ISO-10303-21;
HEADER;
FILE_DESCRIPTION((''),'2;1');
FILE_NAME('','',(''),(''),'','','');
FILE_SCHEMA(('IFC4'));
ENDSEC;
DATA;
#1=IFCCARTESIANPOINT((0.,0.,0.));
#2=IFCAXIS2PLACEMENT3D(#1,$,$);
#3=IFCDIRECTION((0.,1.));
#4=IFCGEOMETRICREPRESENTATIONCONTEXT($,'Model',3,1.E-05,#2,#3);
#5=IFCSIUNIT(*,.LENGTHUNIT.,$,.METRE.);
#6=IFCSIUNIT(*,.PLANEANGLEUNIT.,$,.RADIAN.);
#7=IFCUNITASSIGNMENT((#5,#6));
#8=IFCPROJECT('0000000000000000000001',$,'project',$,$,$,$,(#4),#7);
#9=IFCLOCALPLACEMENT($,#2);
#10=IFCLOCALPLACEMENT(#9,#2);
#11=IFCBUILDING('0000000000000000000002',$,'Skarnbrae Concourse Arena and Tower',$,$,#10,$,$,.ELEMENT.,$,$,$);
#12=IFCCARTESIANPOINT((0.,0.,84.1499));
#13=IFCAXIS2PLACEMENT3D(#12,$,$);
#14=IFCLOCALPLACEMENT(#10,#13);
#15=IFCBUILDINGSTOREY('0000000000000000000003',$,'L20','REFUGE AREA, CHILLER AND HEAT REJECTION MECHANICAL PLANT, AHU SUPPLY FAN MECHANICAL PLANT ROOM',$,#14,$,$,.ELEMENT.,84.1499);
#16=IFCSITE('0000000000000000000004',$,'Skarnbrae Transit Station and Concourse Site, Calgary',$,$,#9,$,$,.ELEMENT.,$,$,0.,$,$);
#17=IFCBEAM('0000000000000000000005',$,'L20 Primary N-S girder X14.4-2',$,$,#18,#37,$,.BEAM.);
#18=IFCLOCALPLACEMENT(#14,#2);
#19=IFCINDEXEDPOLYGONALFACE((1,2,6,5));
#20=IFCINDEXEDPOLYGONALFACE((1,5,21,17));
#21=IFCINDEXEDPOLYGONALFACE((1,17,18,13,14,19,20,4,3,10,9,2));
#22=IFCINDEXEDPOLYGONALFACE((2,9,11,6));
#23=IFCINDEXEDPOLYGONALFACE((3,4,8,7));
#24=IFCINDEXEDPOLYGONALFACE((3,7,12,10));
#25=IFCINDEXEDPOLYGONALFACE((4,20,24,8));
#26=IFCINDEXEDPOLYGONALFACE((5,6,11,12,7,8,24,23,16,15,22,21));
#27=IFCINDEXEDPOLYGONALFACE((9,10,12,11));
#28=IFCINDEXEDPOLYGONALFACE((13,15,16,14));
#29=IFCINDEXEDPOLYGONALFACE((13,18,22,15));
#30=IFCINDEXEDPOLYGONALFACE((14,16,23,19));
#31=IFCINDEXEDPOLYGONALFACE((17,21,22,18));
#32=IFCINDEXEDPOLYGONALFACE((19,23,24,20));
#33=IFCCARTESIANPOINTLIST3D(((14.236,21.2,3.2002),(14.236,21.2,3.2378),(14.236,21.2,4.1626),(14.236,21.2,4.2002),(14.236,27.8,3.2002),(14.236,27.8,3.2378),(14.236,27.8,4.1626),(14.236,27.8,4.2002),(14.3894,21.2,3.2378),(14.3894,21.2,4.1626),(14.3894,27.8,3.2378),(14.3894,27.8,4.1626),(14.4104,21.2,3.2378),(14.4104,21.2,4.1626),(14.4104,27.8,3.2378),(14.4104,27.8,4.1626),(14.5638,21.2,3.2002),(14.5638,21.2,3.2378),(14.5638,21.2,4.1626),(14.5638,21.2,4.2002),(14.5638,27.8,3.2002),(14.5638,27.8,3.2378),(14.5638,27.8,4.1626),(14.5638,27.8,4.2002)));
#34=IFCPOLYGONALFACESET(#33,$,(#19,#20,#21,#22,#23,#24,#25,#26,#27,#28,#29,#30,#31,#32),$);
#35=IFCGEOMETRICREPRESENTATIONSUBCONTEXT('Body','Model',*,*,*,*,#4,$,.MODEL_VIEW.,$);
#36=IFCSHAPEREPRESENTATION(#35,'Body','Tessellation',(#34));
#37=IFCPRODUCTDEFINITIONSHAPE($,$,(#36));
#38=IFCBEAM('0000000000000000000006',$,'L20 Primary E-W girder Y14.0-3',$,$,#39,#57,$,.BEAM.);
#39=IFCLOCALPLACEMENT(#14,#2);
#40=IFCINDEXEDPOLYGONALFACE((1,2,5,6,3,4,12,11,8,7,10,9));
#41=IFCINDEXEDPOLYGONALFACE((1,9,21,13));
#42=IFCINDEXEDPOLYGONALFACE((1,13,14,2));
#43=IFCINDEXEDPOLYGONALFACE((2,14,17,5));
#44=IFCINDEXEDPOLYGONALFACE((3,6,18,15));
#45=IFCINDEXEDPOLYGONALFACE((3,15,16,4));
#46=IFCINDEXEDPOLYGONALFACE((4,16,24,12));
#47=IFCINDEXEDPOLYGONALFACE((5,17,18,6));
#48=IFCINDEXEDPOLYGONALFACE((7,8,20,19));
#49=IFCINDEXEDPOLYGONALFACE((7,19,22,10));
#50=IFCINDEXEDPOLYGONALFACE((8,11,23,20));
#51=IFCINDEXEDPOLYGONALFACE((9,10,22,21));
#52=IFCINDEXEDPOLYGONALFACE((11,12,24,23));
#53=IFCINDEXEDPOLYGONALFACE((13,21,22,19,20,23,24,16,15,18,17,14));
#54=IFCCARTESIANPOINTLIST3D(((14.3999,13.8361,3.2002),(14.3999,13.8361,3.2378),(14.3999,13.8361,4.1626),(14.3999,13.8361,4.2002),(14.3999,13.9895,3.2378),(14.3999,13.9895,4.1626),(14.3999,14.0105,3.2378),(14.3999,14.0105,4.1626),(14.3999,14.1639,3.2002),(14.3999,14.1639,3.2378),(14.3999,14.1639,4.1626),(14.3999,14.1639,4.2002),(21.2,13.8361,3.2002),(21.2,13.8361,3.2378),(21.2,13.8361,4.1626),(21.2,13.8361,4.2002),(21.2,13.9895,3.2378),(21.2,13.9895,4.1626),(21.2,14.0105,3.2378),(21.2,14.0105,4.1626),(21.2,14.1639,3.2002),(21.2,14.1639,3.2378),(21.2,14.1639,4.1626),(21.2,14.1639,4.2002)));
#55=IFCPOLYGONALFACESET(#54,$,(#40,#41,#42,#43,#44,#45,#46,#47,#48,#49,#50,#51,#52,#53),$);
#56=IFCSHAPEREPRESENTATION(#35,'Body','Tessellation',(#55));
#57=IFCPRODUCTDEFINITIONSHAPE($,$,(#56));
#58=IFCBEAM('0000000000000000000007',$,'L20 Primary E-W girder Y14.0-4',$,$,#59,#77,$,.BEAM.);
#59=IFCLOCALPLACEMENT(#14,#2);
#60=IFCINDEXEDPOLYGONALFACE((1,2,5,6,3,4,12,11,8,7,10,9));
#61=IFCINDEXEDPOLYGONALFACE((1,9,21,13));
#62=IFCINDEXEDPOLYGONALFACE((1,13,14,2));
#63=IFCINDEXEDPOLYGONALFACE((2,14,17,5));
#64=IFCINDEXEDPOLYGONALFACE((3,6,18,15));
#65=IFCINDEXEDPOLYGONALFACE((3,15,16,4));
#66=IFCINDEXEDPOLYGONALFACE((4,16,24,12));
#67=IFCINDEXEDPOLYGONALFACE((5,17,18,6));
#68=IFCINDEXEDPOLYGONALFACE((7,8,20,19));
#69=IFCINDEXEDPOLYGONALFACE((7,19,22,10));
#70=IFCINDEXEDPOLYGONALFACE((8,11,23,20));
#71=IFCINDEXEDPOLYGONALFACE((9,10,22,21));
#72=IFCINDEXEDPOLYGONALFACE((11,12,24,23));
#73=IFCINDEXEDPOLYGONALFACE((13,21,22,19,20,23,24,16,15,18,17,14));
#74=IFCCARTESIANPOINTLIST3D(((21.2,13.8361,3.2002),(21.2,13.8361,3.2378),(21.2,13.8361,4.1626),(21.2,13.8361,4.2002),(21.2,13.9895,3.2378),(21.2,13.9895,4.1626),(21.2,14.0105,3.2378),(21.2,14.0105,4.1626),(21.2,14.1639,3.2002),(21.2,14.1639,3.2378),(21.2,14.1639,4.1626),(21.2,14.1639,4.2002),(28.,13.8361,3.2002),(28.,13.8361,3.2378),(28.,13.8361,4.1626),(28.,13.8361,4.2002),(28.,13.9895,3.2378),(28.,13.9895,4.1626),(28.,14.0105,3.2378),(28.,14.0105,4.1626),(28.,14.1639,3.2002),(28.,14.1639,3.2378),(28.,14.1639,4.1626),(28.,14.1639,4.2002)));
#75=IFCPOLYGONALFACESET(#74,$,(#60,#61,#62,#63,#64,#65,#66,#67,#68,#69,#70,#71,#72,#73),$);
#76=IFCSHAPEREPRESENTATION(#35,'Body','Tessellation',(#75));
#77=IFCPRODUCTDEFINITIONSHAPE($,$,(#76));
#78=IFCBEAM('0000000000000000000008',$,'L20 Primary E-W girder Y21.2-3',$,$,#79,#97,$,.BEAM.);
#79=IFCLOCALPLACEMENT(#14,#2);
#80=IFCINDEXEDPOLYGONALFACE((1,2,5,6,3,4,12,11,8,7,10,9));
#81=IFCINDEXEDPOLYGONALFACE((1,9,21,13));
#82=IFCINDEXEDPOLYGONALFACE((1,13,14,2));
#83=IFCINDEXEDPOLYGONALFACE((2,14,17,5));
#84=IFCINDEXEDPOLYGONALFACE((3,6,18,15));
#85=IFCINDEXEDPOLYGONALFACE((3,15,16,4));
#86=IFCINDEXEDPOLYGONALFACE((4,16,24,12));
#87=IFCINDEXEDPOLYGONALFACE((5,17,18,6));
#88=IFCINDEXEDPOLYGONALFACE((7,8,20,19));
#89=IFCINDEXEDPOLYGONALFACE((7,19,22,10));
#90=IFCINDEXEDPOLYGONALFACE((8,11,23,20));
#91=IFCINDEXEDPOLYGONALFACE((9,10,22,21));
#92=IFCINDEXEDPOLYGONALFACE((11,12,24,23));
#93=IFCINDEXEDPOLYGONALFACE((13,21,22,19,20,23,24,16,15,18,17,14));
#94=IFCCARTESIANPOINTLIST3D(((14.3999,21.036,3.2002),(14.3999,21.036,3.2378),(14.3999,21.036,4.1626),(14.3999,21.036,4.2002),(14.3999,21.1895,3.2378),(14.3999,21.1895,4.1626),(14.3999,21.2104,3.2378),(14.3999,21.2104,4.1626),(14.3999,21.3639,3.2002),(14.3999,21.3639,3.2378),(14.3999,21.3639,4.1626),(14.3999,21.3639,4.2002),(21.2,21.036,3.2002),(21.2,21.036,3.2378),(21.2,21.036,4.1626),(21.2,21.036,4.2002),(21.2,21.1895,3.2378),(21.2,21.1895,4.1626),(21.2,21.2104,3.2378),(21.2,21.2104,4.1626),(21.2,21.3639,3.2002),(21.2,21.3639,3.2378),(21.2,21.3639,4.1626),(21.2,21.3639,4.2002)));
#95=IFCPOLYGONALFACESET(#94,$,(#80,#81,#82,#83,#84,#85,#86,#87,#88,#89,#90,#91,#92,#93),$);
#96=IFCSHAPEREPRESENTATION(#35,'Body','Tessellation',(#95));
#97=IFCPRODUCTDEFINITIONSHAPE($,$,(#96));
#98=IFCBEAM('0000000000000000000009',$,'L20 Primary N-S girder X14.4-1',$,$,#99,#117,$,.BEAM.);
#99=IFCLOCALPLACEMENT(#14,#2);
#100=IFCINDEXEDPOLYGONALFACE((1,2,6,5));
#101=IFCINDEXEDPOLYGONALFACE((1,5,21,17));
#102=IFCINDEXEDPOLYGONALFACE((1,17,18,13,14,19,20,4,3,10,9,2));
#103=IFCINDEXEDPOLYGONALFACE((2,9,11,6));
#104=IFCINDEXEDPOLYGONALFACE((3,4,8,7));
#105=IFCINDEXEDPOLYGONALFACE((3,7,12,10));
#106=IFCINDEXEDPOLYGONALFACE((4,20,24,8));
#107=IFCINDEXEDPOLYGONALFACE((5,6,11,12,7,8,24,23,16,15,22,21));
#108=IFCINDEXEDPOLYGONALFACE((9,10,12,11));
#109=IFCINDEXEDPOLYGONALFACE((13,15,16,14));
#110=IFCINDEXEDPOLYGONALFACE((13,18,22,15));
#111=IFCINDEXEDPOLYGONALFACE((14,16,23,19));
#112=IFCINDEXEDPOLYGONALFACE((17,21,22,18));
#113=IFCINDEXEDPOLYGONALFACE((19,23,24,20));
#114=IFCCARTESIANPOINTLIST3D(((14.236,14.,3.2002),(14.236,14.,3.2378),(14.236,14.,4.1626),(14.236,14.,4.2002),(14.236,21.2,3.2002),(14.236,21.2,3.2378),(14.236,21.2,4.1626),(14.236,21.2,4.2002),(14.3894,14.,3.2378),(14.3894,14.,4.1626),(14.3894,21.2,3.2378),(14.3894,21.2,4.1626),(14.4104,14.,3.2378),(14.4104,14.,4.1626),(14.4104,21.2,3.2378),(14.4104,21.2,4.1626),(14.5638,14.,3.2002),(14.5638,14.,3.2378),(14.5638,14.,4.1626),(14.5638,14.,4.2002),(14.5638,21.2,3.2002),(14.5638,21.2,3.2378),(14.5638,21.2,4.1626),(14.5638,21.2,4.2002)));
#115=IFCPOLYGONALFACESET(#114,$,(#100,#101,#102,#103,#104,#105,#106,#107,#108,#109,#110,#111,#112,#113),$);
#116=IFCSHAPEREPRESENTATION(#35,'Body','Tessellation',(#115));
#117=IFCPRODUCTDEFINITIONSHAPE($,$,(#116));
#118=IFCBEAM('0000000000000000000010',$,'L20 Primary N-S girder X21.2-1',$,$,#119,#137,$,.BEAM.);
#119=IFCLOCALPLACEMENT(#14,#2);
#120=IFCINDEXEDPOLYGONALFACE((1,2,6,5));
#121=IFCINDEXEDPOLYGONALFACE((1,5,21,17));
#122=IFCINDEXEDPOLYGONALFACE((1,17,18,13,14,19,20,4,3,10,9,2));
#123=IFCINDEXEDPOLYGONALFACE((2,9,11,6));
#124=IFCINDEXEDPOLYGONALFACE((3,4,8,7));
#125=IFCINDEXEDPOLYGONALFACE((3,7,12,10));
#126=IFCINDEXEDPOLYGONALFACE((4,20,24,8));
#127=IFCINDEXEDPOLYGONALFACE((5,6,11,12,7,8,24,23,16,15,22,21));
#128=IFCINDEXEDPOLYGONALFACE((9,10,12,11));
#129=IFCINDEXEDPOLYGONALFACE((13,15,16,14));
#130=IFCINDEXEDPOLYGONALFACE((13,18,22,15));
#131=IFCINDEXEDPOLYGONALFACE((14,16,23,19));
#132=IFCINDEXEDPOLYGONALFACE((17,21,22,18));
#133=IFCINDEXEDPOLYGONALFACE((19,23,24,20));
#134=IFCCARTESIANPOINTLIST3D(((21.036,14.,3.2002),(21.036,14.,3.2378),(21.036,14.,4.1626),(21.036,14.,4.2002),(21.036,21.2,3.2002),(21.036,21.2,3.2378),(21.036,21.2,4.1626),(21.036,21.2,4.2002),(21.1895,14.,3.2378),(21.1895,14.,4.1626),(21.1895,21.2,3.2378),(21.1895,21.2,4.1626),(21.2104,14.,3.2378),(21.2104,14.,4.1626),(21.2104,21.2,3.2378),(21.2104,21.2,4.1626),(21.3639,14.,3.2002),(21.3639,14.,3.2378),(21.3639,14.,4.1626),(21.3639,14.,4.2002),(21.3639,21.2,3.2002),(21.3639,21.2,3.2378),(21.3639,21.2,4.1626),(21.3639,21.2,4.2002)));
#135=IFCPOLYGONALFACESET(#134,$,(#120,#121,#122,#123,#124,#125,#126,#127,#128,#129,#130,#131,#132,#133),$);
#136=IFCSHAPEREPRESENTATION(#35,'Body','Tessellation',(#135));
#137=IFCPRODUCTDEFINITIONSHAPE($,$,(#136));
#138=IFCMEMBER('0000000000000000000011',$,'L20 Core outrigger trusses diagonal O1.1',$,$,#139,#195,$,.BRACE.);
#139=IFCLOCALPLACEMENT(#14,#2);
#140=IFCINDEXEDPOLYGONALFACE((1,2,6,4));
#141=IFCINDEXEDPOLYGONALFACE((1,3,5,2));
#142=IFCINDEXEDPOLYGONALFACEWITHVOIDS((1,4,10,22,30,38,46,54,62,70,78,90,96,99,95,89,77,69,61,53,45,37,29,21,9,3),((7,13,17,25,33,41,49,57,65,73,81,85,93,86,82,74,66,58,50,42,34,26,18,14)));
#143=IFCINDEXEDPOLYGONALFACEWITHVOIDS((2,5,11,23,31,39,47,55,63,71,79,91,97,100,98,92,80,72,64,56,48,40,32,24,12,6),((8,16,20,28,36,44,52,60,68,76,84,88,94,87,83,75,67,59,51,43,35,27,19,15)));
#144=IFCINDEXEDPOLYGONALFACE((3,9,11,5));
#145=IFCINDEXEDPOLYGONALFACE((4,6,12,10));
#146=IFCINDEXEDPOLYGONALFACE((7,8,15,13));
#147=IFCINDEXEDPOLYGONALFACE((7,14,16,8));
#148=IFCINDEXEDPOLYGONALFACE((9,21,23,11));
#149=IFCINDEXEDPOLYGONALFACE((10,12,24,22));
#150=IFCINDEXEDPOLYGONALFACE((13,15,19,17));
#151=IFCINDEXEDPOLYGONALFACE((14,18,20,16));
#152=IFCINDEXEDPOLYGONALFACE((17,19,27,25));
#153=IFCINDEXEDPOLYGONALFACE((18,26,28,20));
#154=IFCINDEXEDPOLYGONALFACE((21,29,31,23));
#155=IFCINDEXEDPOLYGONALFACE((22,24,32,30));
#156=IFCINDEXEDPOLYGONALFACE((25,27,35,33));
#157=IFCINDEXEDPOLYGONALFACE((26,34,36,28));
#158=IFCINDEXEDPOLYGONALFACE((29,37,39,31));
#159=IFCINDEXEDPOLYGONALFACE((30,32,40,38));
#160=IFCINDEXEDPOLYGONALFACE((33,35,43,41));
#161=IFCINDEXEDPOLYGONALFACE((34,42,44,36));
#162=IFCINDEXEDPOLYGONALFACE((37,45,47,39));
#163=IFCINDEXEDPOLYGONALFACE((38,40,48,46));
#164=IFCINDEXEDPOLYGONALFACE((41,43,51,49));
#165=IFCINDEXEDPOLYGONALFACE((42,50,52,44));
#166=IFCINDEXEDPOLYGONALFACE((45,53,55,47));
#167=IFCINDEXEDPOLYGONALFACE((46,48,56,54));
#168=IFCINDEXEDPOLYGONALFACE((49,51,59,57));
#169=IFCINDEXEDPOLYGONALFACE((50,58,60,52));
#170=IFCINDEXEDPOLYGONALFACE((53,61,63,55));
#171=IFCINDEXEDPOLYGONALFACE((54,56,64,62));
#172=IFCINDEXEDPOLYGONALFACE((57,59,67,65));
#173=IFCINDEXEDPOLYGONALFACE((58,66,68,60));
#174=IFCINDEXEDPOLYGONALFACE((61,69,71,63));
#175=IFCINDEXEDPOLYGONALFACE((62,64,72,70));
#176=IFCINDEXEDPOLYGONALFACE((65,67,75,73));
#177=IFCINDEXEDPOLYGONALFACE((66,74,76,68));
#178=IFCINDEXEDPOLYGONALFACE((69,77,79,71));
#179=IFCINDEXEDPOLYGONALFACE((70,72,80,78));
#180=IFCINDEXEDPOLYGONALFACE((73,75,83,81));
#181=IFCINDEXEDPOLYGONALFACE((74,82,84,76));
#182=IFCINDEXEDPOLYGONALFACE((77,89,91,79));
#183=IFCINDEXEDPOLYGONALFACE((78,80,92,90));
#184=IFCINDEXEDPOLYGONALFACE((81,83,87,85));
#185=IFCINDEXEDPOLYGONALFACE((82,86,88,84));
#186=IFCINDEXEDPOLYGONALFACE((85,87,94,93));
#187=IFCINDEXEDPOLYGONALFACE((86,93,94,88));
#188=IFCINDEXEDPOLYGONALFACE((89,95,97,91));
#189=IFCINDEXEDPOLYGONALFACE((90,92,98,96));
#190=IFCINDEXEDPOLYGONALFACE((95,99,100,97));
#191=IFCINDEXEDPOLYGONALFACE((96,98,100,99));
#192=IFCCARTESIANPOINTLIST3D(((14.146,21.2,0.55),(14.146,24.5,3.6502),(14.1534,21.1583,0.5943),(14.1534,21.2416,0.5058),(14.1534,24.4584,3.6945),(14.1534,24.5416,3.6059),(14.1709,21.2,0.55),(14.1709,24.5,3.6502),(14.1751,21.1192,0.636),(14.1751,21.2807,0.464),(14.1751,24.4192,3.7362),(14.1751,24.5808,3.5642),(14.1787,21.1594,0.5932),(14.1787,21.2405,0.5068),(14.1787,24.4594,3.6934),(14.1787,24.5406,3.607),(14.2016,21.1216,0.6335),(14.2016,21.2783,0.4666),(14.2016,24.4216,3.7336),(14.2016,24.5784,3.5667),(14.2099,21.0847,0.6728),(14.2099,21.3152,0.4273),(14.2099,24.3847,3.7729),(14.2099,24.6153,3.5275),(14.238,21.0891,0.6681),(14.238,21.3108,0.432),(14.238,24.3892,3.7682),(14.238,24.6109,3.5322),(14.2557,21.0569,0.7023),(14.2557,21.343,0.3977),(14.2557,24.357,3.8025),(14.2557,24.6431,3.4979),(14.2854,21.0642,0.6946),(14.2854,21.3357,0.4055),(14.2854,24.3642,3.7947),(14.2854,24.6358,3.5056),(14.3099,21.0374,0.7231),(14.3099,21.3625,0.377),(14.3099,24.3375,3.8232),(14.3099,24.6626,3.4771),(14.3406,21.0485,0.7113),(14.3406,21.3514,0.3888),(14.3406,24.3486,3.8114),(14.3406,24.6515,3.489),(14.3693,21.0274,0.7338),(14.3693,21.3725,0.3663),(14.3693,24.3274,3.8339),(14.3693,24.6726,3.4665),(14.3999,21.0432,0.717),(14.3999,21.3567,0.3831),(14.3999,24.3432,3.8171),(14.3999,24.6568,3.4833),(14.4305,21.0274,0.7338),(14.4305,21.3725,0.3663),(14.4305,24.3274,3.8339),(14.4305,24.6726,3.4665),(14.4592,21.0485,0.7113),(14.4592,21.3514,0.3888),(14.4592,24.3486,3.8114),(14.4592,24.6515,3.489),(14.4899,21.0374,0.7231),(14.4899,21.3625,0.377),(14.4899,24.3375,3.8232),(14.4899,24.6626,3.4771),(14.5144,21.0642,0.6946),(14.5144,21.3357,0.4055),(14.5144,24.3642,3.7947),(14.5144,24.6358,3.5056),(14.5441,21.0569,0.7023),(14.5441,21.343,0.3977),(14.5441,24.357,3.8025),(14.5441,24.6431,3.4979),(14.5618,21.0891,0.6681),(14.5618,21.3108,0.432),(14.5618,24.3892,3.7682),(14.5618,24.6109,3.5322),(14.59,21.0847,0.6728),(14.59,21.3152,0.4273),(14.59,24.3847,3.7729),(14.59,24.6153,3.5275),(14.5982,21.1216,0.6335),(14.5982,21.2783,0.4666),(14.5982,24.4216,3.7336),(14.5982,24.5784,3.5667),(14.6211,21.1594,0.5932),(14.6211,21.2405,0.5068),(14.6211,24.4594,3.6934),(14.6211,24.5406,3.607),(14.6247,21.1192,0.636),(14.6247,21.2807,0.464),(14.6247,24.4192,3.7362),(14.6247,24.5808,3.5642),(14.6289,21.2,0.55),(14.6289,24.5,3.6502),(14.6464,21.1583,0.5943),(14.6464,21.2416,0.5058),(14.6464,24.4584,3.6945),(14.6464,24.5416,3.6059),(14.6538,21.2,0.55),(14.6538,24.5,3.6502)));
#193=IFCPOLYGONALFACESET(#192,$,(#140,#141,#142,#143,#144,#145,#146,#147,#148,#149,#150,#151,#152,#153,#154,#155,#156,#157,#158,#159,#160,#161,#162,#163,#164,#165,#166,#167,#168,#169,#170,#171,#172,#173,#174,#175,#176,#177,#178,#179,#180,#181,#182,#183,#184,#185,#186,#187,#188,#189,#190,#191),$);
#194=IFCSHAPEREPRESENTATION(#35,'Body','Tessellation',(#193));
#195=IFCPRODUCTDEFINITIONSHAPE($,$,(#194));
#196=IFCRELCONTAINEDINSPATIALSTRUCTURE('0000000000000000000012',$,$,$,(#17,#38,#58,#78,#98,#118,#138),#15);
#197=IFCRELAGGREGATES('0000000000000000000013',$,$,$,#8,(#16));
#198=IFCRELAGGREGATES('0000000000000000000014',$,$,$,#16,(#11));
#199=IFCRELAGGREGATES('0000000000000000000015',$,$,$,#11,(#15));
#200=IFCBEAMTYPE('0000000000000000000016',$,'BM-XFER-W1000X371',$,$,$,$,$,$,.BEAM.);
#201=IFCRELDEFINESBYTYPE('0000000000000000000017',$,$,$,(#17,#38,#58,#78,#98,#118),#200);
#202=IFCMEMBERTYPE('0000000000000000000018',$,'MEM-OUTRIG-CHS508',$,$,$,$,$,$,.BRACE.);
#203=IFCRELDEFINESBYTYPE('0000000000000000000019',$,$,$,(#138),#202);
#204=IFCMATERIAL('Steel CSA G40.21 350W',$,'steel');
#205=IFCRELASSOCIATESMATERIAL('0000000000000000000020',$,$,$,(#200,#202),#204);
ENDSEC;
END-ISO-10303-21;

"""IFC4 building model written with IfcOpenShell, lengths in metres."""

from ifc_helpers import new_model, si_unit, direction, frame, origin, origin_2d, place, context, subcontext, project, spatial, hollow_circle, i_section, extrude, source, transform, mapped, material, material_profile, profile_set, type_object, element, save


model = new_model("IFC4")

# Units and contexts
model_context = context("Model", 3, precision=1e-05, world=origin(), true_north=direction((0.0, 1.0)))
body_context = subcontext(model_context, "Body", "Model", "MODEL_VIEW")
ifc_project = project(units=[si_unit("LENGTHUNIT", "METRE"), si_unit("PLANEANGLEUNIT", "RADIAN")], contexts=[model_context])

# Site, building, storey
site_placement = place(None, origin())
site = spatial("IfcSite", under=ifc_project, at=site_placement, Name="Skarnbrae Transit Station and Concourse Site, Calgary", CompositionType="ELEMENT", RefElevation=0.0)
building_placement = place(site_placement, origin())
building = spatial("IfcBuilding", under=site, at=building_placement, Name="Skarnbrae Concourse Arena and Tower", CompositionType="ELEMENT")
storey_placement = place(building_placement, frame((0.0, 0.0, 84.1499)))
storey = spatial("IfcBuildingStorey", under=building, at=storey_placement, Name="L20", Description="REFUGE AREA, CHILLER AND HEAT REJECTION MECHANICAL PLANT, AHU SUPPLY FAN MECHANICAL PLANT ROOM", CompositionType="ELEMENT", Elevation=84.1499)

# Shared definitions
ifc_material_1 = material(Name="Steel CSA G40.21 350W", Category="steel")

# Beams
ifc_material_profile_1 = material_profile(ifc_material_1, i_section(OverallWidth=0.3279, OverallDepth=1.0, WebThickness=0.021, FlangeThickness=0.0376, at=origin_2d()), Name="W1000X371")
ifc_profile_set_1 = profile_set([ifc_material_profile_1], Name="Steel CSA G40.21 350W")
beam_type_1 = type_object("IfcBeamType", Name="BM-XFER-W1000X371", PredefinedType="BEAM", material=ifc_profile_set_1)
shared_shape_1 = source(origin(), body_context, "Body", "SweptSolid", [
    extrude(i_section(OverallWidth=0.3279, OverallDepth=1.0, WebThickness=0.021, FlangeThickness=0.0376, at=origin_2d()), origin(), (0.0, 0.0, 1.0), 6.6001),
])
beam_1_placement = place(storey_placement, frame((14.3999, 21.2, 3.7002), z_axis=(0.0, 1.0, 0.0), x_axis=(-1.0, 0.0, 0.0)))
element("IfcBeam", 1, at=beam_1_placement, inside=storey, type_object=beam_type_1, Name="L20 Primary N-S girder X14.4-2", PredefinedType="BEAM", context=body_context, shape_type="MappedRepresentation", body=[
    mapped(shared_shape_1, transform((0.0, 0.0, 0.0))),
])
shared_shape_2 = source(origin(), body_context, "Body", "SweptSolid", [
    extrude(i_section(OverallWidth=0.3279, OverallDepth=1.0, WebThickness=0.021, FlangeThickness=0.0376, at=origin_2d()), origin(), (0.0, 0.0, 1.0), 6.8),
])
for number, where, z_axis, x_axis, name in (
    (2, (14.3999, 14.0, 3.7002), (1.0, 0.0, 0.0), (0.0, 1.0, 0.0), "L20 Primary E-W girder Y14.0-3"),
    (3, (21.2, 14.0, 3.7002), (1.0, 0.0, 0.0), (0.0, 1.0, 0.0), "L20 Primary E-W girder Y14.0-4"),
    (4, (14.3999, 21.2, 3.7002), (1.0, 0.0, 0.0), (0.0, 1.0, 0.0), "L20 Primary E-W girder Y21.2-3"),
):
    element("IfcBeam", number, at=place(storey_placement, frame(where, z_axis=z_axis, x_axis=x_axis)), inside=storey, type_object=beam_type_1, Name=name, PredefinedType="BEAM", context=body_context, shape_type="MappedRepresentation", body=[
        mapped(shared_shape_2, transform((0.0, 0.0, 0.0))),
    ])
shared_shape_3 = source(origin(), body_context, "Body", "SweptSolid", [
    extrude(i_section(OverallWidth=0.3279, OverallDepth=1.0, WebThickness=0.021, FlangeThickness=0.0376, at=origin_2d()), origin(), (0.0, 0.0, 1.0), 7.2),
])
for number, where, z_axis, x_axis, name in (
    (5, (14.3999, 14.0, 3.7002), (0.0, 1.0, 0.0), (-1.0, 0.0, 0.0), "L20 Primary N-S girder X14.4-1"),
    (6, (21.2, 14.0, 3.7002), (0.0, 1.0, 0.0), (-1.0, 0.0, 0.0), "L20 Primary N-S girder X21.2-1"),
):
    element("IfcBeam", number, at=place(storey_placement, frame(where, z_axis=z_axis, x_axis=x_axis)), inside=storey, type_object=beam_type_1, Name=name, PredefinedType="BEAM", context=body_context, shape_type="MappedRepresentation", body=[
        mapped(shared_shape_3, transform((0.0, 0.0, 0.0))),
    ])

# Member
ifc_material_profile_2 = material_profile(ifc_material_1, hollow_circle(Radius=0.2539, WallThickness=0.0249, at=origin_2d()), Name="HSS508X25.0")
ifc_profile_set_2 = profile_set([ifc_material_profile_2], Name="Steel CSA G40.21 350W")
member_type = type_object("IfcMemberType", Name="MEM-OUTRIG-CHS508", PredefinedType="BRACE", material=ifc_profile_set_2)
shared_shape_4 = source(origin(), body_context, "Body", "SweptSolid", [
    extrude(hollow_circle(Radius=0.2539, WallThickness=0.0249, at=origin_2d()), origin(), (0.0, 0.0, 1.0), 4.5278),
])
member_placement = place(storey_placement, frame((14.3999, 21.2, 0.55), z_axis=(0.0, 0.728842, 0.684682), x_axis=(-1.0, 0.0, 0.0)))
element("IfcMember", 7, at=member_placement, inside=storey, type_object=member_type, Name="L20 Core outrigger trusses diagonal O1.1", PredefinedType="BRACE", context=body_context, shape_type="MappedRepresentation", body=[
    mapped(shared_shape_4, transform((0.0, 0.0, 0.0))),
])

save(model, "model.ifc")
